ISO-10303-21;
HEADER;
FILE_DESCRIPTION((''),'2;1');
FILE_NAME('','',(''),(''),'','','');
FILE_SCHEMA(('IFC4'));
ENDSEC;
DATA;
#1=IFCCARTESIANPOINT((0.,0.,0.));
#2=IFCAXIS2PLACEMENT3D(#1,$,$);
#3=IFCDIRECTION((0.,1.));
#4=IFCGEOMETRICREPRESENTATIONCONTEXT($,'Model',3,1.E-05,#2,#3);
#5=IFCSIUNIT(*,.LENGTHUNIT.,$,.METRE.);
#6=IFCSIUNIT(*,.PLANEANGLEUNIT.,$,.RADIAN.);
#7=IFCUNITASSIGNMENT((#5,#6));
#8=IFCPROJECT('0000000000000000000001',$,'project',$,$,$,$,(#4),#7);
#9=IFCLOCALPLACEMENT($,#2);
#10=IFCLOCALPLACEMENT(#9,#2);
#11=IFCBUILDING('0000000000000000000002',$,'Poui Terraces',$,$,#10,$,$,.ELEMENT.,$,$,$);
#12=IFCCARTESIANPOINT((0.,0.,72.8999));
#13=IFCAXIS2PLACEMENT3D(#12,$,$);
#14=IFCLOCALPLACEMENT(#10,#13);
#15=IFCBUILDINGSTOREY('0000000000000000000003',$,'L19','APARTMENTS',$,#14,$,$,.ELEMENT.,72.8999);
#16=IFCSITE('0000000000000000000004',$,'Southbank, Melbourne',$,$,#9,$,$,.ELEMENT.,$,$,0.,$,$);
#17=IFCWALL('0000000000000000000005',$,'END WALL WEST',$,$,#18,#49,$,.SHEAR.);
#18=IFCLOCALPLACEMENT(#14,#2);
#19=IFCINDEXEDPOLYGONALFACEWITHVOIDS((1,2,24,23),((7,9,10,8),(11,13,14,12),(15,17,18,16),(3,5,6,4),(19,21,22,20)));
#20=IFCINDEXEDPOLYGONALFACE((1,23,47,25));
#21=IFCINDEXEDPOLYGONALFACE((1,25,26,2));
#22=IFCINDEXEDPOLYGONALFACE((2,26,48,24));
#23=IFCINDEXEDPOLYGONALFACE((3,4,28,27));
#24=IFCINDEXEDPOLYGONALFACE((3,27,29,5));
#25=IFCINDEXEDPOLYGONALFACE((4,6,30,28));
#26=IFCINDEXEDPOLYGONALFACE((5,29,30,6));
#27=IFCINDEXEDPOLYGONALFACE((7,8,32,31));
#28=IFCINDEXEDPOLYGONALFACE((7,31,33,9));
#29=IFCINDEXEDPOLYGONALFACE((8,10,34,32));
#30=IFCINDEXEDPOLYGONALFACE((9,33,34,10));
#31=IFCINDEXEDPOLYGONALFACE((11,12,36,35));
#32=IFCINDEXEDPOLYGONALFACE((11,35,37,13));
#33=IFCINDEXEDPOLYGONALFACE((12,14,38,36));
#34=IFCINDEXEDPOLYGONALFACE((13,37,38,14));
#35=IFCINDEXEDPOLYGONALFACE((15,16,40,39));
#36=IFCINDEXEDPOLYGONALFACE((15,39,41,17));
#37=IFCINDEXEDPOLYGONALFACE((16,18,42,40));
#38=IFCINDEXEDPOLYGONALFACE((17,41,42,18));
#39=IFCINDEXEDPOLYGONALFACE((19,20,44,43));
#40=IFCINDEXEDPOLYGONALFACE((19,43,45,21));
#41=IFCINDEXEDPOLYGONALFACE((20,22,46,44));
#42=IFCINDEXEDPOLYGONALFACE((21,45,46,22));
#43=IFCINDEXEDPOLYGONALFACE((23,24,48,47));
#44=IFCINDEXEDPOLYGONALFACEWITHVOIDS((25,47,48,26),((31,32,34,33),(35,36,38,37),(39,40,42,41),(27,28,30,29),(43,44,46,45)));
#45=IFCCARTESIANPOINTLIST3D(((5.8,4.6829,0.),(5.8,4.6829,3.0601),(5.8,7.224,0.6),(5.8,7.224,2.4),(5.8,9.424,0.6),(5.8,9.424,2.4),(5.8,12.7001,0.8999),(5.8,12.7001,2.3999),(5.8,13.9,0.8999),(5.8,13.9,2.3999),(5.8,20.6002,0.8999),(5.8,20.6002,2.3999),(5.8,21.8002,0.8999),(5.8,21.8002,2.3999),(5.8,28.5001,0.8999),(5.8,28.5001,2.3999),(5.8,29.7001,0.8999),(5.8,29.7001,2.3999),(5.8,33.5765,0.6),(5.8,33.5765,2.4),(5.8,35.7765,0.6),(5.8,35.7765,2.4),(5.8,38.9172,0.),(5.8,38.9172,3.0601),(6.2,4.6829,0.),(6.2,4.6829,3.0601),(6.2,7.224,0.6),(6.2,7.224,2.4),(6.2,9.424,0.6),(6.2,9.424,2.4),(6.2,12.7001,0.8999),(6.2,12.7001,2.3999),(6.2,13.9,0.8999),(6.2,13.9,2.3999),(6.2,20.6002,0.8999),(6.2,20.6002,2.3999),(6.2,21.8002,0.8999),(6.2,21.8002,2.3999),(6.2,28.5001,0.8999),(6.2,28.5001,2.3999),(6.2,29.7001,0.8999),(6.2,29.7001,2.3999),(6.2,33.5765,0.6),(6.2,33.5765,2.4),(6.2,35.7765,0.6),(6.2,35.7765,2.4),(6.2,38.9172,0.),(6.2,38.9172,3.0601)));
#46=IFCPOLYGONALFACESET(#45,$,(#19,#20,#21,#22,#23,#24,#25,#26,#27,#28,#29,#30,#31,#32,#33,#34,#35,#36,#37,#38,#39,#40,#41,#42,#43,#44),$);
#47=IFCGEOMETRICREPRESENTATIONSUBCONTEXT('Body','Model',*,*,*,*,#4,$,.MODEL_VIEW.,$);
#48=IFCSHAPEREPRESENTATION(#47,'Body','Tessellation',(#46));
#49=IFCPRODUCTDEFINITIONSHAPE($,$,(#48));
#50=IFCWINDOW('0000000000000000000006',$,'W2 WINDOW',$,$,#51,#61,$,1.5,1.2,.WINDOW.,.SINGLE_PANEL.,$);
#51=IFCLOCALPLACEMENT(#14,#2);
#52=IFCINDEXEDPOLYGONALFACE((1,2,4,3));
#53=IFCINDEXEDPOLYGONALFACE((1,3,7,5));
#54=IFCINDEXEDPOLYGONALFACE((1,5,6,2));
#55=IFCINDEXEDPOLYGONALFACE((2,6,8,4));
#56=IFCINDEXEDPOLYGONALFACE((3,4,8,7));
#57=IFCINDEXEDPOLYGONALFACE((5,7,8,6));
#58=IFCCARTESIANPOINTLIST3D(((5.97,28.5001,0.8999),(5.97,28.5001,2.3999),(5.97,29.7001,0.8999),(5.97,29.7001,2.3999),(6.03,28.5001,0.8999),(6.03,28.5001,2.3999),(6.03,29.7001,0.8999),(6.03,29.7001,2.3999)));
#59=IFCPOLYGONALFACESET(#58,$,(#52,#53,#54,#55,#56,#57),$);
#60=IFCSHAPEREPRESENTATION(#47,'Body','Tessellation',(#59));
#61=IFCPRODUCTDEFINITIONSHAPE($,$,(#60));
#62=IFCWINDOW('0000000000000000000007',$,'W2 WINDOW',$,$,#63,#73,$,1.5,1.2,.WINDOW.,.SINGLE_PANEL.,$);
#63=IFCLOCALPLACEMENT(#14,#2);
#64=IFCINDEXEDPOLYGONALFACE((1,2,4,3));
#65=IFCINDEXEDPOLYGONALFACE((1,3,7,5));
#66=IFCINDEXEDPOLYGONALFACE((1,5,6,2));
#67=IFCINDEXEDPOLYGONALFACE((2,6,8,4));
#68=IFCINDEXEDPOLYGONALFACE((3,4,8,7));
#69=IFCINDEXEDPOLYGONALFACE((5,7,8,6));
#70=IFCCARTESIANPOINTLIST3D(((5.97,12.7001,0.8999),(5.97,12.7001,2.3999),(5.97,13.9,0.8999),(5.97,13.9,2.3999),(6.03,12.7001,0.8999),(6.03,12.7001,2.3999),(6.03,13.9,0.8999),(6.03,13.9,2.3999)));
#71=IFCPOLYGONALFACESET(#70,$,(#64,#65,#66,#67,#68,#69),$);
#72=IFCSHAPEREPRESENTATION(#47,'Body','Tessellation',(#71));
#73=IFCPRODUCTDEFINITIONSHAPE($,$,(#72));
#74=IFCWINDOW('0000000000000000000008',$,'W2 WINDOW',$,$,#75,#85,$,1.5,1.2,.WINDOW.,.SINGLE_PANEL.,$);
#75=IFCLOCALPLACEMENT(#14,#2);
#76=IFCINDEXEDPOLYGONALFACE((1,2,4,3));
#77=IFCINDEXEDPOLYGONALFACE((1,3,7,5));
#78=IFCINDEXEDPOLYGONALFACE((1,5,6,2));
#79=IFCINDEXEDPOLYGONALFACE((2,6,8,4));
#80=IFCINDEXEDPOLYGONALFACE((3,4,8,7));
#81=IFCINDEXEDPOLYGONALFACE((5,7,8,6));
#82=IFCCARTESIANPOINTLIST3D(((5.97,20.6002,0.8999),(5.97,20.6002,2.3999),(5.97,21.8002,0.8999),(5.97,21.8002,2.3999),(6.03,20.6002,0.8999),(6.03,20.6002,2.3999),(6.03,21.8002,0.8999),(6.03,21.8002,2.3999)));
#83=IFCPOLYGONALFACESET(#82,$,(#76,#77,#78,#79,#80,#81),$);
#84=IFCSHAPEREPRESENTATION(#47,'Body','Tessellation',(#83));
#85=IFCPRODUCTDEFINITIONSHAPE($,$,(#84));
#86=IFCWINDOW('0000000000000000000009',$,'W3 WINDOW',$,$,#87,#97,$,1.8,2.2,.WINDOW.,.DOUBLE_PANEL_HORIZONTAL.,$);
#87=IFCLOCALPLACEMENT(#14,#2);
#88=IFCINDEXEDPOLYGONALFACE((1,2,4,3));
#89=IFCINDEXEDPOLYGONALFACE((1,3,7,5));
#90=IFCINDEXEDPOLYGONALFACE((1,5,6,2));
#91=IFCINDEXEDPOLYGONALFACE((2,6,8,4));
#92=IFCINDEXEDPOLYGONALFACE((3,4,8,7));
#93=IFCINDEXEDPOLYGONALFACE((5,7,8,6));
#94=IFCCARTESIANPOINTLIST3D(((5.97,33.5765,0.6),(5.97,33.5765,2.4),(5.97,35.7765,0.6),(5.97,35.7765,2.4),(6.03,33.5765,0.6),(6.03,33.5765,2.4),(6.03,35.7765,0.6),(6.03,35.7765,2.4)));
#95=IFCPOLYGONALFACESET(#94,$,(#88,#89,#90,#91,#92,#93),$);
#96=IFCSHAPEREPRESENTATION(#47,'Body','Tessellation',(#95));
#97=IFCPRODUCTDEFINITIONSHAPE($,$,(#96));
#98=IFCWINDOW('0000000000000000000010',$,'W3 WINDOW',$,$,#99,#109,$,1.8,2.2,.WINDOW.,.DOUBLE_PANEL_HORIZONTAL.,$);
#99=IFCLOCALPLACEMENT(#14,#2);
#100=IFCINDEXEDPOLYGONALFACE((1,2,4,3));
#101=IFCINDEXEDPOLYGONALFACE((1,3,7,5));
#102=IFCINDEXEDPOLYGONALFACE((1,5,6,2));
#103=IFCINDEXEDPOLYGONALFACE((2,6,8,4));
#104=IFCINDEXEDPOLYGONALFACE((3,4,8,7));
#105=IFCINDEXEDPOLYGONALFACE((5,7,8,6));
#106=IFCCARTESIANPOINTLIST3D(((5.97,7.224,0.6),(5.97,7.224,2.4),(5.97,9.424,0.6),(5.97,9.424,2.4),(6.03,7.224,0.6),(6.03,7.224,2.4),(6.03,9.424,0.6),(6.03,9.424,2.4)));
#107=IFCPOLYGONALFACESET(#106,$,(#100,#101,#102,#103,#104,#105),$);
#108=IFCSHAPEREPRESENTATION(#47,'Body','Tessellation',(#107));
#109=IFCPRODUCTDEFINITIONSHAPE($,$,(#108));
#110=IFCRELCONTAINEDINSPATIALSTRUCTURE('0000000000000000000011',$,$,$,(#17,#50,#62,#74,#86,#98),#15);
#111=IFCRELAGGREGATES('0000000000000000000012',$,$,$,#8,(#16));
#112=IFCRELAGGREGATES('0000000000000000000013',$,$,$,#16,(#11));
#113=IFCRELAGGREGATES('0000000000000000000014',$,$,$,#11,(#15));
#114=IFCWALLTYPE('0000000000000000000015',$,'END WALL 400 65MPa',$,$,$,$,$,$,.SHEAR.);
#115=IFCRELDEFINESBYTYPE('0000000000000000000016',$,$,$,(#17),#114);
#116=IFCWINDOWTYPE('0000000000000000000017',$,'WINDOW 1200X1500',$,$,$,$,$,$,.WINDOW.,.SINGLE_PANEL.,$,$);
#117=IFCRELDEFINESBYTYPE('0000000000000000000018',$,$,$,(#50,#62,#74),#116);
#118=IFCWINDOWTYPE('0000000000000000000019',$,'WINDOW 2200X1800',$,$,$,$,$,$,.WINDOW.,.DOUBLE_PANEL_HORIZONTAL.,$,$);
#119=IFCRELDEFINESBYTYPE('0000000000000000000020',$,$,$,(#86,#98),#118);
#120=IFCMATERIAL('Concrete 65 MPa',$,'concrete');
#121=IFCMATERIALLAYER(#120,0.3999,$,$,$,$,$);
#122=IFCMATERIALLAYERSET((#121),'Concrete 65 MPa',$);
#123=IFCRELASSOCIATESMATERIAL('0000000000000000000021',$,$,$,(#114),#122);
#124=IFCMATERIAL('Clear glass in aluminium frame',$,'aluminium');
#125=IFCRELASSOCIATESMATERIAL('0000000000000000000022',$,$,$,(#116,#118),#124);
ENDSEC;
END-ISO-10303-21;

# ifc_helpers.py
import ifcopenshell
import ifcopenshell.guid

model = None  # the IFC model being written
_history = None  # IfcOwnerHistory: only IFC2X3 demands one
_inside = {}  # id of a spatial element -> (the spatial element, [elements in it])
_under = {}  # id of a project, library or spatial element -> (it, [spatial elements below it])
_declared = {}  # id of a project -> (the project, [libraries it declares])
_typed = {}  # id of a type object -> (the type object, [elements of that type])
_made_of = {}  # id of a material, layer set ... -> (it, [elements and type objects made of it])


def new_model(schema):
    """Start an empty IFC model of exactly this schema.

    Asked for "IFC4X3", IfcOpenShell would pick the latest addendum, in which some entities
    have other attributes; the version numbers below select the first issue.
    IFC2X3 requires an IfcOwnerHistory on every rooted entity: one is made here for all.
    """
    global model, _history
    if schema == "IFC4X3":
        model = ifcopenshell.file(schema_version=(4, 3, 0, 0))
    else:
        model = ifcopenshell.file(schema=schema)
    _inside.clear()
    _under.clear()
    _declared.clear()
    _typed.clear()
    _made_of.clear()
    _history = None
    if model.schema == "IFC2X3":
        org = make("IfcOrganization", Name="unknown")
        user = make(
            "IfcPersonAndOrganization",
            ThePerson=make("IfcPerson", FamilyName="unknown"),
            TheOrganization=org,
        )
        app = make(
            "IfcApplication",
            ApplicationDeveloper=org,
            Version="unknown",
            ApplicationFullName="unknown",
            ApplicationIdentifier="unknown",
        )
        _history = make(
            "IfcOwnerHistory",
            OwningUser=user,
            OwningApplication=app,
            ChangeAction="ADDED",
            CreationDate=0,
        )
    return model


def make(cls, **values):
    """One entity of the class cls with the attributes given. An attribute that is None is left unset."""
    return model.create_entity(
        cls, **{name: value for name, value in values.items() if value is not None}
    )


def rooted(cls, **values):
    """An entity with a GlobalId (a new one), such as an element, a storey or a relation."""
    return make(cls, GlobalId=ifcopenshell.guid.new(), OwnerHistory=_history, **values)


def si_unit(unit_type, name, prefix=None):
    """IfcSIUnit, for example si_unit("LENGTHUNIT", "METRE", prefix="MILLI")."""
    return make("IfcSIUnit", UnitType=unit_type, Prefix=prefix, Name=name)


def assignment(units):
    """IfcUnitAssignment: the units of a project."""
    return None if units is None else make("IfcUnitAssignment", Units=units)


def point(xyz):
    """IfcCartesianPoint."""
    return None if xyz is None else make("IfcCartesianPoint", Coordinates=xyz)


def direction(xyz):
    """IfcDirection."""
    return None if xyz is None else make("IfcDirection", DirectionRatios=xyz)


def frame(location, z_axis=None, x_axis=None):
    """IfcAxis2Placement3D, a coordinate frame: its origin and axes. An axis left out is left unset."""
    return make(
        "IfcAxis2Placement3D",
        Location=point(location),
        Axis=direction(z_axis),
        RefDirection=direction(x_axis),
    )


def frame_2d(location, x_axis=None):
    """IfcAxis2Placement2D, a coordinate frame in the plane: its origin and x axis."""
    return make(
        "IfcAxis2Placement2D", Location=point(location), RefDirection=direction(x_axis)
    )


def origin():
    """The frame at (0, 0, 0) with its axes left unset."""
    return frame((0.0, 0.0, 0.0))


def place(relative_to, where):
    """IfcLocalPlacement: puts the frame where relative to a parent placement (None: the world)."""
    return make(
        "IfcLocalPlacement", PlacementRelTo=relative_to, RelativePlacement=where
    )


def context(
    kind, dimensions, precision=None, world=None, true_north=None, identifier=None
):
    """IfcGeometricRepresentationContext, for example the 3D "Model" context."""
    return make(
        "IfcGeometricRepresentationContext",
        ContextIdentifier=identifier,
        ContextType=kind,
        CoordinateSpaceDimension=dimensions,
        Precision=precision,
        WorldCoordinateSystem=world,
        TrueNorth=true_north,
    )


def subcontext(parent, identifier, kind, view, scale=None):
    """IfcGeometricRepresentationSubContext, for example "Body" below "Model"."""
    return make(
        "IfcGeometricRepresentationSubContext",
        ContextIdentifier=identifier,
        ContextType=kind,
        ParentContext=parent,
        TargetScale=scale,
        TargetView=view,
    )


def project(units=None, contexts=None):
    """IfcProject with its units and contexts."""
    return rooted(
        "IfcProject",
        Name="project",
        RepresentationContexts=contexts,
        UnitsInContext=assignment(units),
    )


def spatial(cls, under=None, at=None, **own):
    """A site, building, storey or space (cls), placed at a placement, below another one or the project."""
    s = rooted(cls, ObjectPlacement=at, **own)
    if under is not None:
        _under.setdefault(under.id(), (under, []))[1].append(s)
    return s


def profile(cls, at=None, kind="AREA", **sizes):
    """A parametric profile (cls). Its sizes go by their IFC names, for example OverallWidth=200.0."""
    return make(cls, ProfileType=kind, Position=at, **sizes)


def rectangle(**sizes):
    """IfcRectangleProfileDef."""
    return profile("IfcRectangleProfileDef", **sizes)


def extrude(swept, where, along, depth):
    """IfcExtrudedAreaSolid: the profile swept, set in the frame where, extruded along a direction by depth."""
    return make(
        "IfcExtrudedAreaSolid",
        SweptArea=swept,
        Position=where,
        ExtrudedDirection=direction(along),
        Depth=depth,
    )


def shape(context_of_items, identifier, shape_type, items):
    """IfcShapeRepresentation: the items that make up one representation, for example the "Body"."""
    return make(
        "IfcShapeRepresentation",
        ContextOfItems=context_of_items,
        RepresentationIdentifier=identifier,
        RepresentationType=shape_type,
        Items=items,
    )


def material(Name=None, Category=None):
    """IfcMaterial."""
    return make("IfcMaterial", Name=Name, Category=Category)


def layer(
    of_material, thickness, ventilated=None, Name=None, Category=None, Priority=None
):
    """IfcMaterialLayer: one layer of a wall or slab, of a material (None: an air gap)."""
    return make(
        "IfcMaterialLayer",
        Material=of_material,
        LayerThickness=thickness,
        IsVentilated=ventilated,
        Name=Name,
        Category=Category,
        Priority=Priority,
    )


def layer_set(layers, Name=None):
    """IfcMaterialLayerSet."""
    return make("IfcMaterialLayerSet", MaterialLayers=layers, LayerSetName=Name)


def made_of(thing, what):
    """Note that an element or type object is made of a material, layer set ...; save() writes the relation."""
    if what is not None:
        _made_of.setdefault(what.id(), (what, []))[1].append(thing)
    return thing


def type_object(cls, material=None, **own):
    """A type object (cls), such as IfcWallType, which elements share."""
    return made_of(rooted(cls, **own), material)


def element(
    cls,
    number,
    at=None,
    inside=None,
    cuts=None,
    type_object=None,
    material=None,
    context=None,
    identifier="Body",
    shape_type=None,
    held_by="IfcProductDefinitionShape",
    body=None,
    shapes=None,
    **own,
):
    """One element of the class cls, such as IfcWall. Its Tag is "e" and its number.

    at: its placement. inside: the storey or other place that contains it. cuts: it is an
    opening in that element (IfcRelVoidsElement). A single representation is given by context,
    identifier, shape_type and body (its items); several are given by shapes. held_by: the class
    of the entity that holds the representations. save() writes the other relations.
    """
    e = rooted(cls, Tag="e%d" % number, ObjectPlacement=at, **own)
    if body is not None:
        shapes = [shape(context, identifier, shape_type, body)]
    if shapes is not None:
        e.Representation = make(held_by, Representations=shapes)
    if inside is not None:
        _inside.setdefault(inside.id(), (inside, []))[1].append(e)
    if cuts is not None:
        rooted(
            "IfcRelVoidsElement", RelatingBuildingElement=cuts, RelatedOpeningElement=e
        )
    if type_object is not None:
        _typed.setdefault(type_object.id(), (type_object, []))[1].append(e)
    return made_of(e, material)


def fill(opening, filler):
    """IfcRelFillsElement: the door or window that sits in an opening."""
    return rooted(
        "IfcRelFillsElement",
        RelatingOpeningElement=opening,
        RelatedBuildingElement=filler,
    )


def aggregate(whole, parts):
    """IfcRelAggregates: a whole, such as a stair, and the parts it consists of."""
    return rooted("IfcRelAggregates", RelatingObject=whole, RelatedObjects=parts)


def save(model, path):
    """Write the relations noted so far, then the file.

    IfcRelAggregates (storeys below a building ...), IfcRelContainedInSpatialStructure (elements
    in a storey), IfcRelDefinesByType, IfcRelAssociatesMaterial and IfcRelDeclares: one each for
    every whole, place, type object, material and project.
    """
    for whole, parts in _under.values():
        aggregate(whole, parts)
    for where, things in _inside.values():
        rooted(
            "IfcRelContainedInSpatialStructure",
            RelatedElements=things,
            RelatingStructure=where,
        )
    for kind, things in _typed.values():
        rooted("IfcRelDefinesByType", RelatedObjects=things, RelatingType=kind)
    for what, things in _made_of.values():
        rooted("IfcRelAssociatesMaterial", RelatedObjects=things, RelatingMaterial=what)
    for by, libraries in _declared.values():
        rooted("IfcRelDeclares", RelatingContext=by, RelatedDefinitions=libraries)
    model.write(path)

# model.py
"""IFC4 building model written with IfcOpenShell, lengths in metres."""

from ifc_helpers import new_model, si_unit, direction, frame, frame_2d, origin, place, context, subcontext, project, spatial, rectangle, extrude, material, layer, layer_set, type_object, element, fill, save


model = new_model("IFC4")

# Units and contexts
model_context = context("Model", 3, precision=1e-05, world=origin(), true_north=direction((0.0, 1.0)))
body_context = subcontext(model_context, "Body", "Model", "MODEL_VIEW")
ifc_project = project(units=[si_unit("LENGTHUNIT", "METRE"), si_unit("PLANEANGLEUNIT", "RADIAN")], contexts=[model_context])

# Site, building, storey
site_placement = place(None, origin())
site = spatial("IfcSite", under=ifc_project, at=site_placement, Name="Southbank, Melbourne", CompositionType="ELEMENT", RefElevation=0.0)
building_placement = place(site_placement, origin())
building = spatial("IfcBuilding", under=site, at=building_placement, Name="Poui Terraces", CompositionType="ELEMENT")
storey_placement = place(building_placement, frame((0.0, 0.0, 72.8999)))
storey = spatial("IfcBuildingStorey", under=building, at=storey_placement, Name="L19", Description="APARTMENTS", CompositionType="ELEMENT", Elevation=72.8999)

# Shared definitions
ifc_material_1 = material(Name="Concrete 65 MPa", Category="concrete")

# Wall, openings, windows
ifc_layer_1 = layer(ifc_material_1, 0.3999)
ifc_layer_set_1 = layer_set([ifc_layer_1], Name="Concrete 65 MPa")
wall_type = type_object("IfcWallType", Name="END WALL 400 65MPa", PredefinedType="SHEAR", material=ifc_layer_set_1)
wall_placement = place(storey_placement, frame((6.0, 4.6829, 0.0), z_axis=(0.0, 0.0, 1.0), x_axis=(0.0, 1.0, 0.0)))
wall = element("IfcWall", 1, at=wall_placement, inside=storey, type_object=wall_type, Name="END WALL WEST", PredefinedType="SHEAR", context=body_context, shape_type="SweptSolid", body=[
    extrude(rectangle(XDim=34.2344, YDim=0.3999, at=frame_2d((17.1172, 0.0))), origin(), (0.0, 0.0, 1.0), 3.0601),
])
opening_1_placement = place(wall_placement, frame((23.8171, 0.0, 0.8999)))
opening_1 = element("IfcOpeningElement", 2, at=opening_1_placement, cuts=wall, PredefinedType="OPENING", context=body_context, shape_type="SweptSolid", body=[
    extrude(rectangle(XDim=1.2, YDim=1.5, at=frame_2d((0.6001, 0.75))), frame((0.0, 0.21, 0.0), z_axis=(0.0, -1.0, 0.0), x_axis=(1.0, 0.0, 0.0)), (0.0, 0.0, 1.0), 0.4199),
])
opening_2_placement = place(wall_placement, frame((8.0171, 0.0, 0.8999)))
opening_2 = element("IfcOpeningElement", 3, at=opening_2_placement, cuts=wall, PredefinedType="OPENING", context=body_context, shape_type="SweptSolid", body=[
    extrude(rectangle(XDim=1.2, YDim=1.5, at=frame_2d((0.6001, 0.75))), frame((0.0, 0.21, 0.0), z_axis=(0.0, -1.0, 0.0), x_axis=(1.0, 0.0, 0.0)), (0.0, 0.0, 1.0), 0.4199),
])
opening_3_placement = place(wall_placement, frame((15.9172, 0.0, 0.8999)))
opening_3 = element("IfcOpeningElement", 4, at=opening_3_placement, cuts=wall, PredefinedType="OPENING", context=body_context, shape_type="SweptSolid", body=[
    extrude(rectangle(XDim=1.2, YDim=1.5, at=frame_2d((0.6001, 0.75))), frame((0.0, 0.21, 0.0), z_axis=(0.0, -1.0, 0.0), x_axis=(1.0, 0.0, 0.0)), (0.0, 0.0, 1.0), 0.4199),
])
opening_4_placement = place(wall_placement, frame((28.8936, 0.0, 0.6001)))
opening_4 = element("IfcOpeningElement", 5, at=opening_4_placement, cuts=wall, PredefinedType="OPENING", context=body_context, shape_type="SweptSolid", body=[
    extrude(rectangle(XDim=2.2, YDim=1.8, at=frame_2d((1.1001, 0.8999))), frame((0.0, 0.21, 0.0), z_axis=(0.0, -1.0, 0.0), x_axis=(1.0, 0.0, 0.0)), (0.0, 0.0, 1.0), 0.4199),
])
opening_5_placement = place(wall_placement, frame((2.541, 0.0, 0.6001)))
opening_5 = element("IfcOpeningElement", 6, at=opening_5_placement, cuts=wall, PredefinedType="OPENING", context=body_context, shape_type="SweptSolid", body=[
    extrude(rectangle(XDim=2.2, YDim=1.8, at=frame_2d((1.1001, 0.8999))), frame((0.0, 0.21, 0.0), z_axis=(0.0, -1.0, 0.0), x_axis=(1.0, 0.0, 0.0)), (0.0, 0.0, 1.0), 0.4199),
])
ifc_material_2 = material(Name="Clear glass in aluminium frame", Category="aluminium")
window_type_1 = type_object("IfcWindowType", Name="WINDOW 1200X1500", PartitioningType="SINGLE_PANEL", PredefinedType="WINDOW", material=ifc_material_2)
window_1_placement = place(opening_1_placement, origin())
window_1 = element("IfcWindow", 7, at=window_1_placement, inside=storey, type_object=window_type_1, Name="W2 WINDOW", OverallHeight=1.5, OverallWidth=1.2, PartitioningType="SINGLE_PANEL", PredefinedType="WINDOW", context=body_context, shape_type="SweptSolid", body=[
    extrude(rectangle(XDim=1.2, YDim=1.5, at=frame_2d((0.6001, 0.75))), frame((0.0, 0.03, 0.0), z_axis=(0.0, -1.0, 0.0), x_axis=(1.0, 0.0, 0.0)), (0.0, 0.0, 1.0), 0.0601),
])
fill(opening_1, window_1)
window_2_placement = place(opening_2_placement, origin())
window_2 = element("IfcWindow", 8, at=window_2_placement, inside=storey, type_object=window_type_1, Name="W2 WINDOW", OverallHeight=1.5, OverallWidth=1.2, PartitioningType="SINGLE_PANEL", PredefinedType="WINDOW", context=body_context, shape_type="SweptSolid", body=[
    extrude(rectangle(XDim=1.2, YDim=1.5, at=frame_2d((0.6001, 0.75))), frame((0.0, 0.03, 0.0), z_axis=(0.0, -1.0, 0.0), x_axis=(1.0, 0.0, 0.0)), (0.0, 0.0, 1.0), 0.0601),
])
fill(opening_2, window_2)
window_3_placement = place(opening_3_placement, origin())
window_3 = element("IfcWindow", 9, at=window_3_placement, inside=storey, type_object=window_type_1, Name="W2 WINDOW", OverallHeight=1.5, OverallWidth=1.2, PartitioningType="SINGLE_PANEL", PredefinedType="WINDOW", context=body_context, shape_type="SweptSolid", body=[
    extrude(rectangle(XDim=1.2, YDim=1.5, at=frame_2d((0.6001, 0.75))), frame((0.0, 0.03, 0.0), z_axis=(0.0, -1.0, 0.0), x_axis=(1.0, 0.0, 0.0)), (0.0, 0.0, 1.0), 0.0601),
])
fill(opening_3, window_3)
window_type_2 = type_object("IfcWindowType", Name="WINDOW 2200X1800", PartitioningType="DOUBLE_PANEL_HORIZONTAL", PredefinedType="WINDOW", material=ifc_material_2)
window_4_placement = place(opening_4_placement, origin())
window_4 = element("IfcWindow", 10, at=window_4_placement, inside=storey, type_object=window_type_2, Name="W3 WINDOW", OverallHeight=1.8, OverallWidth=2.2, PartitioningType="DOUBLE_PANEL_HORIZONTAL", PredefinedType="WINDOW", context=body_context, shape_type="SweptSolid", body=[
    extrude(rectangle(XDim=2.2, YDim=1.8, at=frame_2d((1.1001, 0.8999))), frame((0.0, 0.03, 0.0), z_axis=(0.0, -1.0, 0.0), x_axis=(1.0, 0.0, 0.0)), (0.0, 0.0, 1.0), 0.0601),
])
fill(opening_4, window_4)
window_5_placement = place(opening_5_placement, origin())
window_5 = element("IfcWindow", 11, at=window_5_placement, inside=storey, type_object=window_type_2, Name="W3 WINDOW", OverallHeight=1.8, OverallWidth=2.2, PartitioningType="DOUBLE_PANEL_HORIZONTAL", PredefinedType="WINDOW", context=body_context, shape_type="SweptSolid", body=[
    extrude(rectangle(XDim=2.2, YDim=1.8, at=frame_2d((1.1001, 0.8999))), frame((0.0, 0.03, 0.0), z_axis=(0.0, -1.0, 0.0), x_axis=(1.0, 0.0, 0.0)), (0.0, 0.0, 1.0), 0.0601),
])
fill(opening_5, window_5)

save(model, "model.ifc")
